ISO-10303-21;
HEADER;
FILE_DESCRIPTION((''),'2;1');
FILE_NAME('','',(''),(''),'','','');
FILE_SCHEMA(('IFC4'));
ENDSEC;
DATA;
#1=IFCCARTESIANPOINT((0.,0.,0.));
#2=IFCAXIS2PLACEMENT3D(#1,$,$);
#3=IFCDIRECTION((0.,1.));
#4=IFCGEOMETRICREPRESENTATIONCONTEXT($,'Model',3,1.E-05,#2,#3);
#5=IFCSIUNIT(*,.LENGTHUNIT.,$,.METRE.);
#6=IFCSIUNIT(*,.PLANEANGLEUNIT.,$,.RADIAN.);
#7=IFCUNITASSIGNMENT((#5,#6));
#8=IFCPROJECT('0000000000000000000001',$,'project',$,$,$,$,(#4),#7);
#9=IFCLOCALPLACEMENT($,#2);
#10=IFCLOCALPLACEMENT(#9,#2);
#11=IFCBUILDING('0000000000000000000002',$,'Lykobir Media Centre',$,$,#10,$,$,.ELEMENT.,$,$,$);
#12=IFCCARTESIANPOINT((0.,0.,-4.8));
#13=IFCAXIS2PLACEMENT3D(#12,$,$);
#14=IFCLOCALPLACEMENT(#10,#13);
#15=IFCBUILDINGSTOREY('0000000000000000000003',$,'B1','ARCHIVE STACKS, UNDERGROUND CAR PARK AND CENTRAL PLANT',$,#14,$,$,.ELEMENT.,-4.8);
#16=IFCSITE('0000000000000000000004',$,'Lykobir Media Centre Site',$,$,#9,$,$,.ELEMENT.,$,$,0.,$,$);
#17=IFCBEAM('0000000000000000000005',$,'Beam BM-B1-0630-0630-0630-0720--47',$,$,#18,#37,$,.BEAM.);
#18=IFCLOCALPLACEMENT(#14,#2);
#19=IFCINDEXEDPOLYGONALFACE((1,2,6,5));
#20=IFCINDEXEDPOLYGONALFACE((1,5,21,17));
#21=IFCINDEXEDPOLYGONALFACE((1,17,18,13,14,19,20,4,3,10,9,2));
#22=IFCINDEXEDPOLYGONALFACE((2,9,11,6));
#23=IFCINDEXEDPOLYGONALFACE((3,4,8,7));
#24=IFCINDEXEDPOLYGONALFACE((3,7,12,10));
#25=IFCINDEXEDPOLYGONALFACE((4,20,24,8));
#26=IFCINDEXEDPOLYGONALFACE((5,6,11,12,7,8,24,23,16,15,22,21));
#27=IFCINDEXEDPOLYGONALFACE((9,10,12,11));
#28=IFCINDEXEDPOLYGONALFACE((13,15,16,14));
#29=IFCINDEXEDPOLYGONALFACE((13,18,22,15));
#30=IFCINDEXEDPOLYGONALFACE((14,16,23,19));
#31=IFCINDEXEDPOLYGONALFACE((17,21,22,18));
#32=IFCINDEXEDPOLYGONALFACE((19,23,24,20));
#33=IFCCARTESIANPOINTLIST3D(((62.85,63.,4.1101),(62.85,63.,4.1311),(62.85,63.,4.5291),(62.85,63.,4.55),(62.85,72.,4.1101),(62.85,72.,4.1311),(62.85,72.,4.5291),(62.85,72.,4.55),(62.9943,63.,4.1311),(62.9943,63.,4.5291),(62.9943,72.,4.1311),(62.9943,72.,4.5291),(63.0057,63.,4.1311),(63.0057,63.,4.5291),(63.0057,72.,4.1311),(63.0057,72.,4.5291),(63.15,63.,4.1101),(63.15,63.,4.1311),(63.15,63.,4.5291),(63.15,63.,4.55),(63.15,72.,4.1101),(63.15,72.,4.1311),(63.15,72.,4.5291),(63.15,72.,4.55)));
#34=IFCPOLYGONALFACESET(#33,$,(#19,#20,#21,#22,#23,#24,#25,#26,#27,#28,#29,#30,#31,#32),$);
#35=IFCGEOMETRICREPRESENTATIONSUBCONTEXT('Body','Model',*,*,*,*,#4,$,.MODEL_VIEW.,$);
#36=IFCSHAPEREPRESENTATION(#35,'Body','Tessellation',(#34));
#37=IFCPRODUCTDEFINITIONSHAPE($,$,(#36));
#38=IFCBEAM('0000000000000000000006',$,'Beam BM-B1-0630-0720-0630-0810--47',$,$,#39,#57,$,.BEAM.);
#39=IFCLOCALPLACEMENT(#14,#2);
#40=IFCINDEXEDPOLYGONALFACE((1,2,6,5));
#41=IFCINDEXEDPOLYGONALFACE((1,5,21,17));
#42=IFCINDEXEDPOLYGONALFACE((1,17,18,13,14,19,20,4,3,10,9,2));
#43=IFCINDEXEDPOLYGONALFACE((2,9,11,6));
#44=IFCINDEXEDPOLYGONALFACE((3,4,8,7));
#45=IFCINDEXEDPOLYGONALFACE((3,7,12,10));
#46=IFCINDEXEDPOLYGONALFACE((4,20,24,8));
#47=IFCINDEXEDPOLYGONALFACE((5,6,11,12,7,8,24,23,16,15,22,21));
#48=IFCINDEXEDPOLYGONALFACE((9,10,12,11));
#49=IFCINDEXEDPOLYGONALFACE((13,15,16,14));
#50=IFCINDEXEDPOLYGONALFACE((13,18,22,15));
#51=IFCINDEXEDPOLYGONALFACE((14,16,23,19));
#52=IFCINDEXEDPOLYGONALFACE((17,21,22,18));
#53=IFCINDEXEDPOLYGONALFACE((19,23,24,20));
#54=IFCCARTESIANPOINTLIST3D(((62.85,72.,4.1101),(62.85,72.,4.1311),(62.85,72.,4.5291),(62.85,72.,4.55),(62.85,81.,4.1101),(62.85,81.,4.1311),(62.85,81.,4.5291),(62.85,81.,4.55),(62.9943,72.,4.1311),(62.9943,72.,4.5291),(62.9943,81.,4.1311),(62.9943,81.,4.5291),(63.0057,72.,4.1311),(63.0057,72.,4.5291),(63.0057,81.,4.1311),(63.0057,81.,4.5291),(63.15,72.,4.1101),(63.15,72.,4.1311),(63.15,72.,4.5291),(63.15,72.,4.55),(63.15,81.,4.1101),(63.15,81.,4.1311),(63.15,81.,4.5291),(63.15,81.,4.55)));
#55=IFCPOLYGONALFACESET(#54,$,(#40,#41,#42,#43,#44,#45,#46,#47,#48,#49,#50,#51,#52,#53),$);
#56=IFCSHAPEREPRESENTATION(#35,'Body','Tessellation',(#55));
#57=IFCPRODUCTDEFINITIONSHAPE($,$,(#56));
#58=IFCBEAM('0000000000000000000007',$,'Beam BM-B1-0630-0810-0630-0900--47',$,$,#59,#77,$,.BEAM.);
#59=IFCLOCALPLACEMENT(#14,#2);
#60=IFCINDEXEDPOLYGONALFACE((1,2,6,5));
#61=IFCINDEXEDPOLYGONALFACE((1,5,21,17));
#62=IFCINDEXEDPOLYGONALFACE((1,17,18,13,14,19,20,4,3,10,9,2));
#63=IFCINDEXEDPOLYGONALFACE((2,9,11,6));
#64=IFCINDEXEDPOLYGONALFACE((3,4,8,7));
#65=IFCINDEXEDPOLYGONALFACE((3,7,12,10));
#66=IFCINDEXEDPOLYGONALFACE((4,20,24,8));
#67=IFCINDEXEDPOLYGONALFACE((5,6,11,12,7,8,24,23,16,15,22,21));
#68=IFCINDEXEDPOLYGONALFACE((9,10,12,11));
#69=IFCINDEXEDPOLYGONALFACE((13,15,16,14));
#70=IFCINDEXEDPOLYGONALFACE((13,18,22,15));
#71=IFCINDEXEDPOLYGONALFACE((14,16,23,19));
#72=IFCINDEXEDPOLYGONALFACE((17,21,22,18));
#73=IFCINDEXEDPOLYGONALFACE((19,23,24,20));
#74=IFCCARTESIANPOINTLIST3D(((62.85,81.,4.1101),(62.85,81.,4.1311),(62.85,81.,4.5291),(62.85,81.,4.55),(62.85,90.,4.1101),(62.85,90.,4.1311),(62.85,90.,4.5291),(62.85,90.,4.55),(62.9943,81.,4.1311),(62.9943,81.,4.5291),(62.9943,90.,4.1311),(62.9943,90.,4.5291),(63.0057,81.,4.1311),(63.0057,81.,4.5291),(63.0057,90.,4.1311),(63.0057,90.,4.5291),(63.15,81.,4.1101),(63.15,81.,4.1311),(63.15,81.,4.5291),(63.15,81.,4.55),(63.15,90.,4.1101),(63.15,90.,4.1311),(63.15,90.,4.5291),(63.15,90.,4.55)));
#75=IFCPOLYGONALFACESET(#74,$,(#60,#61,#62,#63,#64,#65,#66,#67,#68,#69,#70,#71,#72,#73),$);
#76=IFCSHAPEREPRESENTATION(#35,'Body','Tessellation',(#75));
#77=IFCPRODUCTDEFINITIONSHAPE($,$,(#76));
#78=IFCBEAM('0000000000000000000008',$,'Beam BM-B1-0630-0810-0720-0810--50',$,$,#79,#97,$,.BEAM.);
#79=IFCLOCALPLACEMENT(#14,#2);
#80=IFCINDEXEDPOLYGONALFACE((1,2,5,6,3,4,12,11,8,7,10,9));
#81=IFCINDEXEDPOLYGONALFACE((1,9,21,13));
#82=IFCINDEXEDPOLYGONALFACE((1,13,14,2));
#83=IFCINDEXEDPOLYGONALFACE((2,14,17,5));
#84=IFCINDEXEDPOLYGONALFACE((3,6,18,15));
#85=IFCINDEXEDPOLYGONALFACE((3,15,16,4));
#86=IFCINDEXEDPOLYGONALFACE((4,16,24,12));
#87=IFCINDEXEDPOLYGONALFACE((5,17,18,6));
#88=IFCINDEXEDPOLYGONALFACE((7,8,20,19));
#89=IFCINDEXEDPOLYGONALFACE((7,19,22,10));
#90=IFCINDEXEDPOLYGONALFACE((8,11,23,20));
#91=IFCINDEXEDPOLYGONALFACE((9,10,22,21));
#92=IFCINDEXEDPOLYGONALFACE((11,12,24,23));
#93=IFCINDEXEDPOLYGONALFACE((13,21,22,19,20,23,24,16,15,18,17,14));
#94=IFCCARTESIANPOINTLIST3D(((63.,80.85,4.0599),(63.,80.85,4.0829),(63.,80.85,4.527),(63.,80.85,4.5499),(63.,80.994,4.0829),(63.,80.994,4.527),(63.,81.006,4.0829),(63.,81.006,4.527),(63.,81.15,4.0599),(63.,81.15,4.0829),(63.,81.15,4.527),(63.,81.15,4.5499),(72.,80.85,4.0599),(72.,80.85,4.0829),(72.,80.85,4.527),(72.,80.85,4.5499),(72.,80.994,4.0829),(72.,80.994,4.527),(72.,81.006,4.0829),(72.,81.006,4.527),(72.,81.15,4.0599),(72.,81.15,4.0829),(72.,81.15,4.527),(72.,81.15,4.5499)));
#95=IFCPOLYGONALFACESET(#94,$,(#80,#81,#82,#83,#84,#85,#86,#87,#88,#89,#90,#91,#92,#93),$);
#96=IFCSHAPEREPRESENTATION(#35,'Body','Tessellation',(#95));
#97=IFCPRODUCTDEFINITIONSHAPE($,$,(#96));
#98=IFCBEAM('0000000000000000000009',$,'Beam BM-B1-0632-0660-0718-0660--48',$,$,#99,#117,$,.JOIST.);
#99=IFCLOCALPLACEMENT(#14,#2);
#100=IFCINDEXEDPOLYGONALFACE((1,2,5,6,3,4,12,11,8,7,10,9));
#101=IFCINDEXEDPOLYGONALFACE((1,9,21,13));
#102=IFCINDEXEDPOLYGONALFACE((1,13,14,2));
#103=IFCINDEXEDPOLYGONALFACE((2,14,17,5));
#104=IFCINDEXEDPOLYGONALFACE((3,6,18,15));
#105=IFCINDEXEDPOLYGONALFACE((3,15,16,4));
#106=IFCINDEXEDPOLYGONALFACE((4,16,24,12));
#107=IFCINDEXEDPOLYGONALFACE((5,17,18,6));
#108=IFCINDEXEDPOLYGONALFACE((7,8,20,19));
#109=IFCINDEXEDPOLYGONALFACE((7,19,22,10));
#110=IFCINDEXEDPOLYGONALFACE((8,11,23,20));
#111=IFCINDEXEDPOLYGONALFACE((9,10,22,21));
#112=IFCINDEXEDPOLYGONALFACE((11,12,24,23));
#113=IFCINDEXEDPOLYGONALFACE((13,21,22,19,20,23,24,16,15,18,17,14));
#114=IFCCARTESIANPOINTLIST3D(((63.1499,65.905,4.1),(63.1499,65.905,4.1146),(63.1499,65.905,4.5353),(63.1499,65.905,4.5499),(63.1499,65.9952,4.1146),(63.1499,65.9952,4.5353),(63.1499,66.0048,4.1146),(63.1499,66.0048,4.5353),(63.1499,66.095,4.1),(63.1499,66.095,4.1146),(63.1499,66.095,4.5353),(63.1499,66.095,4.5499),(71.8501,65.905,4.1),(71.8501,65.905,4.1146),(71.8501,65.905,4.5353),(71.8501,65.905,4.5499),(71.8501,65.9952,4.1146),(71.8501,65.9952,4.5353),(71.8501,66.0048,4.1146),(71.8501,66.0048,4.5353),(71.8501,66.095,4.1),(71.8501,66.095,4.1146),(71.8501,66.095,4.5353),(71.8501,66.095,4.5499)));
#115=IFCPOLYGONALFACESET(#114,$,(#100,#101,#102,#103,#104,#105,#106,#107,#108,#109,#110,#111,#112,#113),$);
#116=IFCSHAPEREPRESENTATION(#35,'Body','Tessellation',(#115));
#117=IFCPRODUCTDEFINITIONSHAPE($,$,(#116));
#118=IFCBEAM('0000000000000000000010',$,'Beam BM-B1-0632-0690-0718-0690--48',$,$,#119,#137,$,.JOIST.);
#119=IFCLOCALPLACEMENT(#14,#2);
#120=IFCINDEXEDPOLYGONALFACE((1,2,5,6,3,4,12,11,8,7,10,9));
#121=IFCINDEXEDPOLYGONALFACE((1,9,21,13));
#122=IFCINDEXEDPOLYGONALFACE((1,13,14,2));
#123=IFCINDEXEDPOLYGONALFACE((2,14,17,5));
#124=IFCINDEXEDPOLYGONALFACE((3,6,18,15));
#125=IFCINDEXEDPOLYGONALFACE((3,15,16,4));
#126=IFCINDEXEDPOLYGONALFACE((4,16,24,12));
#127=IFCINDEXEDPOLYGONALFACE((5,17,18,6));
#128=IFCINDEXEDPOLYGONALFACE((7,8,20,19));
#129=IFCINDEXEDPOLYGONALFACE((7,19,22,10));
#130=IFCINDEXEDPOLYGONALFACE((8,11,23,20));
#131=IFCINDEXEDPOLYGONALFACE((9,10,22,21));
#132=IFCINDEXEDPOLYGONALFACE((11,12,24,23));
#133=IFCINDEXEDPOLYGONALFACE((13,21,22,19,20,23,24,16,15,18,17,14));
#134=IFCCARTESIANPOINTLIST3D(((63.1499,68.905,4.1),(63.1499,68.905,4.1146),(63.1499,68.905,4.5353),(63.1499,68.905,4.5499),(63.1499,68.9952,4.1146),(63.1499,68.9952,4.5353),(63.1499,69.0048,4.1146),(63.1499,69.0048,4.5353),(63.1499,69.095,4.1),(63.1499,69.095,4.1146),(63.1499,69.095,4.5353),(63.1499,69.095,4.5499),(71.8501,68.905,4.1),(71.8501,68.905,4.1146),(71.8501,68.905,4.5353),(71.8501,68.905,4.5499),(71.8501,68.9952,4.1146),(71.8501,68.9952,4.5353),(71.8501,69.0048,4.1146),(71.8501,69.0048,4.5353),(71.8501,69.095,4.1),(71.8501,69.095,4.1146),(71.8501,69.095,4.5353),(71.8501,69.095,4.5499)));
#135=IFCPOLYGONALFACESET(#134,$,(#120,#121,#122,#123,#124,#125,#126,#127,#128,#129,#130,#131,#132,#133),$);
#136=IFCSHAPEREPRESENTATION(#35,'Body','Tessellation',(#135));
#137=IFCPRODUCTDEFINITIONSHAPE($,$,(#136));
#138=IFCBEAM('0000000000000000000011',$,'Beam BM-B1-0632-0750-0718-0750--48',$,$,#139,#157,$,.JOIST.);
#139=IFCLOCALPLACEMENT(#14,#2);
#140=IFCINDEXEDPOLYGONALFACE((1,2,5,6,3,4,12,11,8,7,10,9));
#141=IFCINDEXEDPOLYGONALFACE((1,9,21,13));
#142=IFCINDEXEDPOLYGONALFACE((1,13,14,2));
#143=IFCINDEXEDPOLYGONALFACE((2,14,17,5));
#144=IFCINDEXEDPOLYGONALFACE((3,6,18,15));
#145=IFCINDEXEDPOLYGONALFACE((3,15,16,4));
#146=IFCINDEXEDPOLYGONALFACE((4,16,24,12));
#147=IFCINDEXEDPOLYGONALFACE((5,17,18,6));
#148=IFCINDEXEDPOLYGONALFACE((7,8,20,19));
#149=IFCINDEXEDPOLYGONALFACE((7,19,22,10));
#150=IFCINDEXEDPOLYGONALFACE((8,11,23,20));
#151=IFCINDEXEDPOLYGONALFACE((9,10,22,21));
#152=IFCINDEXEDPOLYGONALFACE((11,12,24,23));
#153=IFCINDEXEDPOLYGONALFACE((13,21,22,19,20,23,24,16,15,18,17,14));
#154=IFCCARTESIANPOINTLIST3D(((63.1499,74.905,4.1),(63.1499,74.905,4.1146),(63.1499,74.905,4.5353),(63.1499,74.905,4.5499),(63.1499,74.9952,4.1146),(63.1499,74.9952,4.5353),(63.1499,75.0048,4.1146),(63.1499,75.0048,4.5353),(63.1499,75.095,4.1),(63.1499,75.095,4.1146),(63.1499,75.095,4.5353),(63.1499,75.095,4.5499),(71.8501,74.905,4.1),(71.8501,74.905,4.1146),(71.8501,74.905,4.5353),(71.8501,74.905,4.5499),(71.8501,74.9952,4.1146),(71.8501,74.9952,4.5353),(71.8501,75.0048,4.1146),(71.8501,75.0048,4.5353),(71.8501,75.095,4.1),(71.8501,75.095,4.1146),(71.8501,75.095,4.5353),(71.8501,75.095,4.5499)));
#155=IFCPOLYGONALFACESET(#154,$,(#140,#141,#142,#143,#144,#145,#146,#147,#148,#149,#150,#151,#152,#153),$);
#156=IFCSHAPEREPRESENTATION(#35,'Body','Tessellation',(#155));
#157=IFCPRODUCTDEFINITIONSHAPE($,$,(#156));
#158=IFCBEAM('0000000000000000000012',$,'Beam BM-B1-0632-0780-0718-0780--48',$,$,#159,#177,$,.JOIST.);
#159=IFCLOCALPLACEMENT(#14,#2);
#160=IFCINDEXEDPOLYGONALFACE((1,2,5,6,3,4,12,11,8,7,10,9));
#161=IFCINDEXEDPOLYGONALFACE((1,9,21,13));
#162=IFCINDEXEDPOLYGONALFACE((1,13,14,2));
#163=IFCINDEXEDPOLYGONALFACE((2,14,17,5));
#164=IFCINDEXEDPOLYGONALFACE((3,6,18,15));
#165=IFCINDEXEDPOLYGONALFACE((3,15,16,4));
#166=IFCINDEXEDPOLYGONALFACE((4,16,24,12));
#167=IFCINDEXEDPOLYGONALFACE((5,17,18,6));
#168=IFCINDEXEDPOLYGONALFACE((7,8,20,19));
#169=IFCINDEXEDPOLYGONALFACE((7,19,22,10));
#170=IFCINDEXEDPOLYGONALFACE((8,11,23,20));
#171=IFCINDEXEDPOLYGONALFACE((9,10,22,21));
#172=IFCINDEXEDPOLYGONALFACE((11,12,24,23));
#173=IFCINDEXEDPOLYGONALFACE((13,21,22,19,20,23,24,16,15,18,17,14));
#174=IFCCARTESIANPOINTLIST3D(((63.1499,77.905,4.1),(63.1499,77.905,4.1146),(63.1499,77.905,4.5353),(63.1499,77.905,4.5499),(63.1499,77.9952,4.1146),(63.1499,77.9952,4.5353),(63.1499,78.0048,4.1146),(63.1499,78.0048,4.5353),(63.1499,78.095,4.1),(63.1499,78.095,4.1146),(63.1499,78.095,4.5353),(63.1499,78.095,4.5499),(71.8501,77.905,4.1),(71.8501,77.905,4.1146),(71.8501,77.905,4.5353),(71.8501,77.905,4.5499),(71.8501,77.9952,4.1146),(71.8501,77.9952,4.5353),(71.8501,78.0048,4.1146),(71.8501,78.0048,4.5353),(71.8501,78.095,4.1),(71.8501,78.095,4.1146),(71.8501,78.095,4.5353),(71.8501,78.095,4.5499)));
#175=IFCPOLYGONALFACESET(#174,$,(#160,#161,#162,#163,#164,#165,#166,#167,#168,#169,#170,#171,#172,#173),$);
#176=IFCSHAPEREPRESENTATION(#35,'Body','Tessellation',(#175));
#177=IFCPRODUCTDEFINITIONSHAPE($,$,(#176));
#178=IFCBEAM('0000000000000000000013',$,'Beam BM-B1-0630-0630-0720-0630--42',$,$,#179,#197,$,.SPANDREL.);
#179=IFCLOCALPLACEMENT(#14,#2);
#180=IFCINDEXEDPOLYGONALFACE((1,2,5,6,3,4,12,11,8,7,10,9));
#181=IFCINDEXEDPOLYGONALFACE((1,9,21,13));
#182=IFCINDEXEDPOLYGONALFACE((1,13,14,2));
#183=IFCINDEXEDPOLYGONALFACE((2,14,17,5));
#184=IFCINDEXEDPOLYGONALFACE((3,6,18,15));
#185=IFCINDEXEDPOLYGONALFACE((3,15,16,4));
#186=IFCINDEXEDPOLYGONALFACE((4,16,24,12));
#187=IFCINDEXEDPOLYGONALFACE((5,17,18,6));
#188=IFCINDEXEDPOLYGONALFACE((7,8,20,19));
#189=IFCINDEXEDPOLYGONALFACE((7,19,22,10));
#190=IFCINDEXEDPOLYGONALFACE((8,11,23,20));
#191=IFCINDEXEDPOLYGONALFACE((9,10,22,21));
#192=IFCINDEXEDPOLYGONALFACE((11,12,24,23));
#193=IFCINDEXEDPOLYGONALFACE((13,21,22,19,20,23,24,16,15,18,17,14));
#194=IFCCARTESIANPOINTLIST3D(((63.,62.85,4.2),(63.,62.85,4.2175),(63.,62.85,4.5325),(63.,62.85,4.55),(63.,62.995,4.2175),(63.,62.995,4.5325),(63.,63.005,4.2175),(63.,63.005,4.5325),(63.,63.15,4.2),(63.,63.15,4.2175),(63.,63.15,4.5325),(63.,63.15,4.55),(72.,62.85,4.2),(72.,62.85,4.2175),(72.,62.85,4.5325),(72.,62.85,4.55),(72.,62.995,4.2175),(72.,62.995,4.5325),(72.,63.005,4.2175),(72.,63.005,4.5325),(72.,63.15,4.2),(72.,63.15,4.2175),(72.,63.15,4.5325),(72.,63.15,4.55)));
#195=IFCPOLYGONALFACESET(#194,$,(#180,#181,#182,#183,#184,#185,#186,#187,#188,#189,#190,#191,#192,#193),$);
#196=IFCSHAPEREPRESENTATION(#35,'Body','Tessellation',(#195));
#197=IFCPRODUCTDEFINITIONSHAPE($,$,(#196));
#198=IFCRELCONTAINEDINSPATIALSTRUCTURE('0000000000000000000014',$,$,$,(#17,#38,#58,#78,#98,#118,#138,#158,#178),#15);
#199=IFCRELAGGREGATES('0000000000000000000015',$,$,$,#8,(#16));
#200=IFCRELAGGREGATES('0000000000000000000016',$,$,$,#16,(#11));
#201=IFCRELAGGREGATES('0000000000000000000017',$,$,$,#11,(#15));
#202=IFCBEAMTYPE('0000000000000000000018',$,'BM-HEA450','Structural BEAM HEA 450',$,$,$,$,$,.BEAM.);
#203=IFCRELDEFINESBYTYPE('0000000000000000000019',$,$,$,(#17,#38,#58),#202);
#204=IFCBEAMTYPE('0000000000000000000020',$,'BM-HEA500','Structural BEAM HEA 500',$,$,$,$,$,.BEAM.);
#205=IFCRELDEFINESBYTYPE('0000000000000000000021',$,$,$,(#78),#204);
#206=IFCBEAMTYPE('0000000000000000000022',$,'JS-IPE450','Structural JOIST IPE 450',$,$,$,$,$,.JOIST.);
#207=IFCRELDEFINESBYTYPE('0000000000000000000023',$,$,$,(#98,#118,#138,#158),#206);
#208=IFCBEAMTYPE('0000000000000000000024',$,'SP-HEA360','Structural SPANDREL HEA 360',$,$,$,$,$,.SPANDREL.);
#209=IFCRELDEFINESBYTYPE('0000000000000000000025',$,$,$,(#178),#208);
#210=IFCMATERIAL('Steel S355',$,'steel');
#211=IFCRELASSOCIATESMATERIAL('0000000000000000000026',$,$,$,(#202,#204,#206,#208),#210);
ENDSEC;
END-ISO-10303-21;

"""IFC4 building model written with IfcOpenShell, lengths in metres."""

from ifc_helpers import new_model, si_unit, direction, frame, origin, origin_2d, place, context, subcontext, project, spatial, i_section, extrude, material, material_profile, profile_set, type_object, element, save


model = new_model("IFC4")

# Units and contexts
model_context = context("Model", 3, precision=1e-05, world=origin(), true_north=direction((0.0, 1.0)))
body_context = subcontext(model_context, "Body", "Model", "MODEL_VIEW")
ifc_project = project(units=[si_unit("LENGTHUNIT", "METRE"), si_unit("PLANEANGLEUNIT", "RADIAN")], contexts=[model_context])

# Site, building, storey
site_placement = place(None, origin())
site = spatial("IfcSite", under=ifc_project, at=site_placement, Name="Lykobir Media Centre Site", CompositionType="ELEMENT", RefElevation=0.0)
building_placement = place(site_placement, origin())
building = spatial("IfcBuilding", under=site, at=building_placement, Name="Lykobir Media Centre", CompositionType="ELEMENT")
storey_placement = place(building_placement, frame((0.0, 0.0, -4.8)))
storey = spatial("IfcBuildingStorey", under=building, at=storey_placement, Name="B1", Description="ARCHIVE STACKS, UNDERGROUND CAR PARK AND CENTRAL PLANT", CompositionType="ELEMENT", Elevation=-4.8)

# Shared definitions
ifc_material_1 = material(Name="Steel S355", Category="steel")

# Beams
ifc_material_profile_1 = material_profile(ifc_material_1, i_section(OverallWidth=0.3, OverallDepth=0.4399, WebThickness=0.0115, FlangeThickness=0.021, at=origin_2d()), Name="HEA 450")
ifc_profile_set_1 = profile_set([ifc_material_profile_1], Name="Steel S355")
beam_type_1 = type_object("IfcBeamType", Name="BM-HEA450", Description="Structural BEAM HEA 450", PredefinedType="BEAM", material=ifc_profile_set_1)
for number, where, z_axis, x_axis, name in (
    (1, (63.0, 63.0, 4.3301), (0.0, 1.0, 0.0), (-1.0, 0.0, 0.0), "Beam BM-B1-0630-0630-0630-0720--47"),
    (2, (63.0, 72.0, 4.3301), (0.0, 1.0, 0.0), (-1.0, 0.0, 0.0), "Beam BM-B1-0630-0720-0630-0810--47"),
    (3, (63.0, 81.0, 4.3301), (0.0, 1.0, 0.0), (-1.0, 0.0, 0.0), "Beam BM-B1-0630-0810-0630-0900--47"),
):
    element("IfcBeam", number, at=place(storey_placement, frame(where, z_axis=z_axis, x_axis=x_axis)), inside=storey, type_object=beam_type_1, Name=name, PredefinedType="BEAM", context=body_context, shape_type="SweptSolid", body=[
        extrude(i_section(OverallWidth=0.3, OverallDepth=0.4399, WebThickness=0.0115, FlangeThickness=0.021, at=origin_2d()), origin(), (0.0, 0.0, 1.0), 9.0),
    ])
ifc_material_profile_2 = material_profile(ifc_material_1, i_section(OverallWidth=0.3, OverallDepth=0.49, WebThickness=0.012, FlangeThickness=0.0229, at=origin_2d()), Name="HEA 500")
ifc_profile_set_2 = profile_set([ifc_material_profile_2], Name="Steel S355")
beam_type_2 = type_object("IfcBeamType", Name="BM-HEA500", Description="Structural BEAM HEA 500", PredefinedType="BEAM", material=ifc_profile_set_2)
beam_placement = place(storey_placement, frame((63.0, 81.0, 4.3049), z_axis=(1.0, 0.0, 0.0), x_axis=(0.0, 1.0, 0.0)))
element("IfcBeam", 4, at=beam_placement, inside=storey, type_object=beam_type_2, Name="Beam BM-B1-0630-0810-0720-0810--50", PredefinedType="BEAM", context=body_context, shape_type="SweptSolid", body=[
    extrude(i_section(OverallWidth=0.3, OverallDepth=0.49, WebThickness=0.012, FlangeThickness=0.0229, at=origin_2d()), origin(), (0.0, 0.0, 1.0), 9.0),
])
ifc_material_profile_3 = material_profile(ifc_material_1, i_section(OverallWidth=0.1899, OverallDepth=0.45, WebThickness=0.0095, FlangeThickness=0.0146, at=origin_2d()), Name="IPE 450")
ifc_profile_set_3 = profile_set([ifc_material_profile_3], Name="Steel S355")
beam_type_3 = type_object("IfcBeamType", Name="JS-IPE450", Description="Structural JOIST IPE 450", PredefinedType="JOIST", material=ifc_profile_set_3)
for number, where, z_axis, x_axis, name in (
    (5, (63.1499, 66.0, 4.325), (1.0, 0.0, 0.0), (0.0, 1.0, 0.0), "Beam BM-B1-0632-0660-0718-0660--48"),
    (6, (63.1499, 69.0, 4.325), (1.0, 0.0, 0.0), (0.0, 1.0, 0.0), "Beam BM-B1-0632-0690-0718-0690--48"),
    (7, (63.1499, 75.0, 4.325), (1.0, 0.0, 0.0), (0.0, 1.0, 0.0), "Beam BM-B1-0632-0750-0718-0750--48"),
    (8, (63.1499, 78.0, 4.325), (1.0, 0.0, 0.0), (0.0, 1.0, 0.0), "Beam BM-B1-0632-0780-0718-0780--48"),
):
    element("IfcBeam", number, at=place(storey_placement, frame(where, z_axis=z_axis, x_axis=x_axis)), inside=storey, type_object=beam_type_3, Name=name, PredefinedType="JOIST", context=body_context, shape_type="SweptSolid", body=[
        extrude(i_section(OverallWidth=0.1899, OverallDepth=0.45, WebThickness=0.0095, FlangeThickness=0.0146, at=origin_2d()), origin(), (0.0, 0.0, 1.0), 8.7002),
    ])
ifc_material_profile_4 = material_profile(ifc_material_1, i_section(OverallWidth=0.3, OverallDepth=0.3501, WebThickness=0.01, FlangeThickness=0.0176, at=origin_2d()), Name="HEA 360")
ifc_profile_set_4 = profile_set([ifc_material_profile_4], Name="Steel S355")
beam_type_4 = type_object("IfcBeamType", Name="SP-HEA360", Description="Structural SPANDREL HEA 360", PredefinedType="SPANDREL", material=ifc_profile_set_4)
for number, where, z_axis, x_axis, name in (
    (9, (63.0, 63.0, 4.375), (1.0, 0.0, 0.0), (0.0, 1.0, 0.0), "Beam BM-B1-0630-0630-0720-0630--42"),
):
    element("IfcBeam", number, at=place(storey_placement, frame(where, z_axis=z_axis, x_axis=x_axis)), inside=storey, type_object=beam_type_4, Name=name, PredefinedType="SPANDREL", context=body_context, shape_type="SweptSolid", body=[
        extrude(i_section(OverallWidth=0.3, OverallDepth=0.3501, WebThickness=0.01, FlangeThickness=0.0176, at=origin_2d()), origin(), (0.0, 0.0, 1.0), 9.0),
    ])

save(model, "model.ifc")
